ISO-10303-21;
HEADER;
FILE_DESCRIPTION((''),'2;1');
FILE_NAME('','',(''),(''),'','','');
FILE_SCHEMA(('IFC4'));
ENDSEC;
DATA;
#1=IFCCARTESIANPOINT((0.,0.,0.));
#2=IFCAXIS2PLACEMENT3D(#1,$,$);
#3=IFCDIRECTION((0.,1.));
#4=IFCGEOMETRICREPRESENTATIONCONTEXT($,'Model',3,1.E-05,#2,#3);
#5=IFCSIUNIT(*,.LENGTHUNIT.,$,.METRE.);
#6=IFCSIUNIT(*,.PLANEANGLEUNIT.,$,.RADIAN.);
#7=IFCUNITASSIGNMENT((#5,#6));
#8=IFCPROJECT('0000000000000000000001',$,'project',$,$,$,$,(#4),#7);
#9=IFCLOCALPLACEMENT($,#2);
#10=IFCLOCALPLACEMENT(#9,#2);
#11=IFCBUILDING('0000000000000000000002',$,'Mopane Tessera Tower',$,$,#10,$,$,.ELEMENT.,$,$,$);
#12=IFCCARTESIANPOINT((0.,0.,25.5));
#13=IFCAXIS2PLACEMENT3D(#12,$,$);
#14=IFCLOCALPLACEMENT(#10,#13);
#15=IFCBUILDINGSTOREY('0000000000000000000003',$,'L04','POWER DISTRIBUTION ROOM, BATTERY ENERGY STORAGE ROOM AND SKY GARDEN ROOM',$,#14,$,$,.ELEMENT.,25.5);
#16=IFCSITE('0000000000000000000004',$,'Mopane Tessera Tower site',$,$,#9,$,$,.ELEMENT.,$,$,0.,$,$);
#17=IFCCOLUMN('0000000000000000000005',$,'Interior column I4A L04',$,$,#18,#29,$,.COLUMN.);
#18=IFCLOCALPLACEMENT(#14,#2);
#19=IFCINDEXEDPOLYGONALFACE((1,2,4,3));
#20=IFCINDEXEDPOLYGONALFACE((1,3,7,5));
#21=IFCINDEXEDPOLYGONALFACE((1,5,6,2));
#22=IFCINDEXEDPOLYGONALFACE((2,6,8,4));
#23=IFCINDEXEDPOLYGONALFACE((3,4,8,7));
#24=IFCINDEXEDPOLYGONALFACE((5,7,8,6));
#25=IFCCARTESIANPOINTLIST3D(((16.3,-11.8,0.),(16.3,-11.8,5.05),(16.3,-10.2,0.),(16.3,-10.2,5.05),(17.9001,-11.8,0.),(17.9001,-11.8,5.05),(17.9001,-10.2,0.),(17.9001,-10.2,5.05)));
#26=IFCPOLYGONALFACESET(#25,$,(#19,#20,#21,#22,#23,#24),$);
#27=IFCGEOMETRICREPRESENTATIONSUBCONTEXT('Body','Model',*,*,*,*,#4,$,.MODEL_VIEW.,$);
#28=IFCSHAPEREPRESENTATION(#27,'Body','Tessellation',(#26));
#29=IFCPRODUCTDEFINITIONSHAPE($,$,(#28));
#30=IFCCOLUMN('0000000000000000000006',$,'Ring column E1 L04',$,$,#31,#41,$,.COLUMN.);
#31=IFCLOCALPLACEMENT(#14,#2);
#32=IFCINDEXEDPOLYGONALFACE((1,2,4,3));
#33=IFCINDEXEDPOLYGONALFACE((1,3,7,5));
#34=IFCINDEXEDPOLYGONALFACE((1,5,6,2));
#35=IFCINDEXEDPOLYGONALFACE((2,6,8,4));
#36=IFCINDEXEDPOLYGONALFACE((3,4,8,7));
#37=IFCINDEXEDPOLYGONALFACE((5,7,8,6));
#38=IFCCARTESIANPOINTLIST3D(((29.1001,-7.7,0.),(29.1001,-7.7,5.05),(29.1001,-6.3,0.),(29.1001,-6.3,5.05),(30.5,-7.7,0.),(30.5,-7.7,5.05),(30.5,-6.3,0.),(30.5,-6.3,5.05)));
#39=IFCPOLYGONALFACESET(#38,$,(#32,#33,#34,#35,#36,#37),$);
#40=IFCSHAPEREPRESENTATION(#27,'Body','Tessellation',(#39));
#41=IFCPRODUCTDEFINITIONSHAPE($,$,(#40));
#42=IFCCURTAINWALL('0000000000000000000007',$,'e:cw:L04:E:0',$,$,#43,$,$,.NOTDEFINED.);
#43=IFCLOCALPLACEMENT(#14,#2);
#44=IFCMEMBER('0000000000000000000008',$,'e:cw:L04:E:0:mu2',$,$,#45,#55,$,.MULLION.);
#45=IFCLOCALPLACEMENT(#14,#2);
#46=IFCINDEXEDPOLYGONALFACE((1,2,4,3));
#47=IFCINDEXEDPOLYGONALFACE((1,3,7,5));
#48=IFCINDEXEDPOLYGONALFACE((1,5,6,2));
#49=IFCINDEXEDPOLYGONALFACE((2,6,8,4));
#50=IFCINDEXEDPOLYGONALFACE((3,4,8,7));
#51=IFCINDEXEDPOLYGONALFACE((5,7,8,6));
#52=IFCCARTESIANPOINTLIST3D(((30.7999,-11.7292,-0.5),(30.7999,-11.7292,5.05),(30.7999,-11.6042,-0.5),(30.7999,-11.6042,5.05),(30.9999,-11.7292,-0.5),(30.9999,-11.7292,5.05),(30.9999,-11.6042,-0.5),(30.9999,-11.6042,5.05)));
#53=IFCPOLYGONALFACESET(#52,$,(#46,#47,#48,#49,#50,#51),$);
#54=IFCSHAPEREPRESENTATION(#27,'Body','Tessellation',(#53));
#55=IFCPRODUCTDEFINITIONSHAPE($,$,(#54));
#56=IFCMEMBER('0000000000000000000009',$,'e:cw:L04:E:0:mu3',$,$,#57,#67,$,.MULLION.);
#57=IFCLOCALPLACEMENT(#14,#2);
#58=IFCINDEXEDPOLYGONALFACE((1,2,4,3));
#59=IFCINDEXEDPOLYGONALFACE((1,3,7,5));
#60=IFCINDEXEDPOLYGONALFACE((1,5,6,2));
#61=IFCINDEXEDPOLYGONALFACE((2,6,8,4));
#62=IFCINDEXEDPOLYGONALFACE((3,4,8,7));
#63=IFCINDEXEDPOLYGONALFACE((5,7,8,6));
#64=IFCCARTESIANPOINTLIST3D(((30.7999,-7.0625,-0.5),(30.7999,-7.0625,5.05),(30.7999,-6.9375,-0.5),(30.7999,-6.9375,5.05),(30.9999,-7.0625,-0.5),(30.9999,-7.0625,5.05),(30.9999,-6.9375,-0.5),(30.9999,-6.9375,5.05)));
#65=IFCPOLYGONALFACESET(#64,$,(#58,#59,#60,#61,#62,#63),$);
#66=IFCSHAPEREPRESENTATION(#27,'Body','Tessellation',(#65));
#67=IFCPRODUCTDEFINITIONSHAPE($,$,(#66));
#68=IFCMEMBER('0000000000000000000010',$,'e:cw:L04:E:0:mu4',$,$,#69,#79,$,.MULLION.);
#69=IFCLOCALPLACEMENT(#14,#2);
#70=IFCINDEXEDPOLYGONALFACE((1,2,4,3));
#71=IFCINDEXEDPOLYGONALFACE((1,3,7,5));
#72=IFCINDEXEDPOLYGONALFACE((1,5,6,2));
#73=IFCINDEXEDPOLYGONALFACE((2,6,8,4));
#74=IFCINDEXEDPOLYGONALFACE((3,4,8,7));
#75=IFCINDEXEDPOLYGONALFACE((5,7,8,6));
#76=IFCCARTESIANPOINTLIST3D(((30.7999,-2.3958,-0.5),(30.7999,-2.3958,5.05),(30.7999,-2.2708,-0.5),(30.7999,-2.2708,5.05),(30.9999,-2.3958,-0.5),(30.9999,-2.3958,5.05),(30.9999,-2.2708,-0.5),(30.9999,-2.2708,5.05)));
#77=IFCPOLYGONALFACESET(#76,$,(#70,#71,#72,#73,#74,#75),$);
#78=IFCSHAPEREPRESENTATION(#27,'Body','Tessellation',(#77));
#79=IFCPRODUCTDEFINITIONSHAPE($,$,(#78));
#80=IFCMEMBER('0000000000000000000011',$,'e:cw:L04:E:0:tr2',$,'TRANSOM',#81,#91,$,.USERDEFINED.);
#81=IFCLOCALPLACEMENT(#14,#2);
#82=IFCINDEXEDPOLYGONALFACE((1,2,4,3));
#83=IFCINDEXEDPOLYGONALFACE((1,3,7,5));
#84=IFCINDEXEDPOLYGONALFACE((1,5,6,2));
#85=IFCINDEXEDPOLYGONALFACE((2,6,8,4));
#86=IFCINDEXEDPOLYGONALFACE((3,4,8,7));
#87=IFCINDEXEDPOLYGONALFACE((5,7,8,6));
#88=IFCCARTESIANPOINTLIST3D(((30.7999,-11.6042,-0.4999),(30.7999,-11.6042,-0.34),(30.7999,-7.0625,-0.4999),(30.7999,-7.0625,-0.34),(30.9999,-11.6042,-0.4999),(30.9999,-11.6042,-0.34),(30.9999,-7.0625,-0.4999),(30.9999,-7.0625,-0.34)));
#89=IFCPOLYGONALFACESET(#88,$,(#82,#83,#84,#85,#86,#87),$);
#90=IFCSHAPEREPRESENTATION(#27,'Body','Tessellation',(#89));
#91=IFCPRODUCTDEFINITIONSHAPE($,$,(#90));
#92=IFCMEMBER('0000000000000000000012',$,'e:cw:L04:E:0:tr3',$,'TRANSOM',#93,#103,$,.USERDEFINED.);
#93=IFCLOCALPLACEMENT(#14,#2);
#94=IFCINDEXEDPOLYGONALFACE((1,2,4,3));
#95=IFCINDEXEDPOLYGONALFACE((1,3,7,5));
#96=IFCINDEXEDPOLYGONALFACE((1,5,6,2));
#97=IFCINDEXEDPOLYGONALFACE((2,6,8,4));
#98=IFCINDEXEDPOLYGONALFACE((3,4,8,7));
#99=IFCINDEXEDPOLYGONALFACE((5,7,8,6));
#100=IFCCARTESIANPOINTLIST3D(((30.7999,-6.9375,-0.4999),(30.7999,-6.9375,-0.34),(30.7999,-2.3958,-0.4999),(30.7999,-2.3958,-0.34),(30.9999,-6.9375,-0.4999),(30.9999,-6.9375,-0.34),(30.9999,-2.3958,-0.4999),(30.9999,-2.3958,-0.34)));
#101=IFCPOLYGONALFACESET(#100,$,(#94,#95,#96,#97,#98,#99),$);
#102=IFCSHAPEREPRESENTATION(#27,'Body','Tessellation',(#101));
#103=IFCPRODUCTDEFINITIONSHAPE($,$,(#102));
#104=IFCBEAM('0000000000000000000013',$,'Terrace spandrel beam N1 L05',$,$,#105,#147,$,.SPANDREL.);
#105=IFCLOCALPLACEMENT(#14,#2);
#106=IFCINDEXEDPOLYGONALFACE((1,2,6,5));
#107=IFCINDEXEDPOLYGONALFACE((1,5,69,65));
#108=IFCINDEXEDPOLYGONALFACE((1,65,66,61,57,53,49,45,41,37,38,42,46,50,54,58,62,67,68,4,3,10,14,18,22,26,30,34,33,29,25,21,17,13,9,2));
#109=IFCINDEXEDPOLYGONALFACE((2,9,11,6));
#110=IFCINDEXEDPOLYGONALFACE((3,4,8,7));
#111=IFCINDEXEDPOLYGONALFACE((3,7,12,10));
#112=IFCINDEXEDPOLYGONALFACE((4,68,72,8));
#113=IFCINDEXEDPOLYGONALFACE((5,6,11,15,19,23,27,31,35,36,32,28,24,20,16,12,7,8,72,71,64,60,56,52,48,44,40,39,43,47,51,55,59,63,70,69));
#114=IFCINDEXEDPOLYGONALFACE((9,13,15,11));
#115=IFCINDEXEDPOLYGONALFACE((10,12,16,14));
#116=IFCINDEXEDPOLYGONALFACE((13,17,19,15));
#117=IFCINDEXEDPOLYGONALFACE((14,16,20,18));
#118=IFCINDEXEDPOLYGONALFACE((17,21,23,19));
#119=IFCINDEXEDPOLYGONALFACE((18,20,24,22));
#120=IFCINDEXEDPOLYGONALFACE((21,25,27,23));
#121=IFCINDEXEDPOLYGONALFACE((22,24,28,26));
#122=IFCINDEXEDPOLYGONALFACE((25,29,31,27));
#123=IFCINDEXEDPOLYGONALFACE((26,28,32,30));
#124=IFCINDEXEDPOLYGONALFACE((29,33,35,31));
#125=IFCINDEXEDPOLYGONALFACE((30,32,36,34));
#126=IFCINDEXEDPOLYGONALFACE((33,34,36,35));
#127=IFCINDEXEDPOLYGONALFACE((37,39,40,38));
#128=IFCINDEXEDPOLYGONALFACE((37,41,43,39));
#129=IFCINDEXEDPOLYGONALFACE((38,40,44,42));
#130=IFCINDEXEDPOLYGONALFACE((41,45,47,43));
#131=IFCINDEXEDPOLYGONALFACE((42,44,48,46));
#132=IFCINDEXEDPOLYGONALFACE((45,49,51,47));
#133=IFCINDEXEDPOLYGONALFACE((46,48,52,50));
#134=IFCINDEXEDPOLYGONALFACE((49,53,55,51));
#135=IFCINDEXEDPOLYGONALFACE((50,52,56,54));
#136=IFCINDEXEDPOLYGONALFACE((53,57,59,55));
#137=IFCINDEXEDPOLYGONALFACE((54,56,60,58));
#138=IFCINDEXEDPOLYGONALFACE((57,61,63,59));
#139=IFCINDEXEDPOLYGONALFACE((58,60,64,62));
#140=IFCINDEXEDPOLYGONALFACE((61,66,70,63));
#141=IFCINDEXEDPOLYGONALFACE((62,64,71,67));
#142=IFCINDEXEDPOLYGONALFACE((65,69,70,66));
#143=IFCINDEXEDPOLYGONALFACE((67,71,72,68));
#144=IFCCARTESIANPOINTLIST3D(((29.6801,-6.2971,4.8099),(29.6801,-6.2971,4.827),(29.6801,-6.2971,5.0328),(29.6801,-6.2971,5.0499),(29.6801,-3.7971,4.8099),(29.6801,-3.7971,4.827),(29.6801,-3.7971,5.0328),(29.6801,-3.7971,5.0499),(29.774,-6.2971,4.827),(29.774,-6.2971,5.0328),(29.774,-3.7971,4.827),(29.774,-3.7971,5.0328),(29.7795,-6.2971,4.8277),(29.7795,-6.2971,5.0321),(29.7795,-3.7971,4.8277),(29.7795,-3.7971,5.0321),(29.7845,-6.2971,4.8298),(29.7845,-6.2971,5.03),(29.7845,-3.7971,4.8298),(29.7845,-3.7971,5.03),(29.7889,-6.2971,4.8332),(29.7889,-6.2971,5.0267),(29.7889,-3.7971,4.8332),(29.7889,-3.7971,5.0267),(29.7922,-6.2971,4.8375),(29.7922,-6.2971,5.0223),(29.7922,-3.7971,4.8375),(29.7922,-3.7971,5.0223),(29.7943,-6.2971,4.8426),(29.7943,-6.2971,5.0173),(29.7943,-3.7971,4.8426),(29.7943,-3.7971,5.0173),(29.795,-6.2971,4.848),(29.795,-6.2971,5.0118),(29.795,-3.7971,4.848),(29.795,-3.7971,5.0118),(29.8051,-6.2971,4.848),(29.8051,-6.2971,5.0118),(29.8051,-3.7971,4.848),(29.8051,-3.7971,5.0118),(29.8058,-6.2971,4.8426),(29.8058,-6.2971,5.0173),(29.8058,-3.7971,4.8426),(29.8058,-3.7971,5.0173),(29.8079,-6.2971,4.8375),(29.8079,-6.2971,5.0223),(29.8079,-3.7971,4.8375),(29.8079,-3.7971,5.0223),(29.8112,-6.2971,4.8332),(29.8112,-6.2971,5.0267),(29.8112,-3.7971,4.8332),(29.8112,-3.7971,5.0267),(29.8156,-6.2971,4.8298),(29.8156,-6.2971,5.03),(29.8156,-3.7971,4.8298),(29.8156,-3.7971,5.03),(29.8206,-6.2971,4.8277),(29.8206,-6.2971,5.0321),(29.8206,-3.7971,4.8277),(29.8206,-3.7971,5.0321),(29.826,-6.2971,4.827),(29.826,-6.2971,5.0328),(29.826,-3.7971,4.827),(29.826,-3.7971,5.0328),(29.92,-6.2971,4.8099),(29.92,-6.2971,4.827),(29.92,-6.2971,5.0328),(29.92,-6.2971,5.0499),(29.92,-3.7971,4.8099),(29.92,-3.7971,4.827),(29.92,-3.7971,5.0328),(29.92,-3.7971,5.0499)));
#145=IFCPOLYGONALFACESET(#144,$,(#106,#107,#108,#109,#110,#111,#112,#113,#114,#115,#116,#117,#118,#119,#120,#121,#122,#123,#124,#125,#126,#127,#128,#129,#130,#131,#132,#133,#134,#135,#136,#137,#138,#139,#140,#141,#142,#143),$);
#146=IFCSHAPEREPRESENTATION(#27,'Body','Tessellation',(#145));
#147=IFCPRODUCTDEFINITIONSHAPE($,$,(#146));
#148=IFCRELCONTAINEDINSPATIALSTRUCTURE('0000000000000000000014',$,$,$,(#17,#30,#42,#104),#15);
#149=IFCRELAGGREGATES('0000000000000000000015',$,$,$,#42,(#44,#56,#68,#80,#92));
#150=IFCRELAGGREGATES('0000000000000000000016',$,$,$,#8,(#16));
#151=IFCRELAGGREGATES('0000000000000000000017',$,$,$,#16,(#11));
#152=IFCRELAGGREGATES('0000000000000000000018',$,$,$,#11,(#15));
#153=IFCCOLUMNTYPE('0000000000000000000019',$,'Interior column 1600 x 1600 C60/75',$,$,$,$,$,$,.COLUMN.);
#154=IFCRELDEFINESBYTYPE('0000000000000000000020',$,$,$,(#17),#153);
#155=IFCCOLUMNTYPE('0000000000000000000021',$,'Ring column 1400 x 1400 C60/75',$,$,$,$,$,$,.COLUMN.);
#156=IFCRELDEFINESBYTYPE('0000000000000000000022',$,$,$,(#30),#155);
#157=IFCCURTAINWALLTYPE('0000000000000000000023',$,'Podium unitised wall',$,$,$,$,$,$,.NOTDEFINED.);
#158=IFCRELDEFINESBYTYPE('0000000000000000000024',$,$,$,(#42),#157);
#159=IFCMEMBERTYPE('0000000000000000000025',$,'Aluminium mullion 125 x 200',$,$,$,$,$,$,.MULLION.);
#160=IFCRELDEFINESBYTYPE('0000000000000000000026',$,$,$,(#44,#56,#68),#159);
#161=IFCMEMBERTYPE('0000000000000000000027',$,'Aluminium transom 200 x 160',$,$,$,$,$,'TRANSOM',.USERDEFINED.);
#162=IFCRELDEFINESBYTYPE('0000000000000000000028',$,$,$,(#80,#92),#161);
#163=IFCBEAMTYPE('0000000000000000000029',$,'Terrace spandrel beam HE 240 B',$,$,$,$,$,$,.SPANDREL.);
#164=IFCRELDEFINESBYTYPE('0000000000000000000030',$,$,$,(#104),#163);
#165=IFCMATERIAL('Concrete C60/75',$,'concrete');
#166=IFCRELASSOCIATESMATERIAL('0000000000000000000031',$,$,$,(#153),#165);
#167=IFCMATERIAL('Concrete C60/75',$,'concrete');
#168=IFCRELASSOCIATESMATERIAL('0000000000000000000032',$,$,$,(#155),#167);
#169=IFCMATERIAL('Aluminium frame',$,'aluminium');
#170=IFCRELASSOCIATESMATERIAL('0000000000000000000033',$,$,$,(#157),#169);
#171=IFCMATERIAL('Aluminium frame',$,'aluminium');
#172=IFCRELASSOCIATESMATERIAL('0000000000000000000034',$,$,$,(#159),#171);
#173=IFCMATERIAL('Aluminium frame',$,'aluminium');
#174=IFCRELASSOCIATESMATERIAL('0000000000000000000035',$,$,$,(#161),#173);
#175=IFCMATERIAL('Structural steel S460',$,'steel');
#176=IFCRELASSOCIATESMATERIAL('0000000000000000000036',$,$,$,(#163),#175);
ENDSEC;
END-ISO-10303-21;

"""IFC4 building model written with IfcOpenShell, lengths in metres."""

from ifc_helpers import new_model, si_unit, direction, frame, origin, origin_2d, place, context, subcontext, project, spatial, rectangle, i_section, extrude, material, material_profile, profile_set, type_object, element, aggregate, save


model = new_model("IFC4")

# Units and contexts
model_context = context("Model", 3, precision=1e-05, world=origin(), true_north=direction((0.0, 1.0)))
body_context = subcontext(model_context, "Body", "Model", "MODEL_VIEW")
ifc_project = project(units=[si_unit("LENGTHUNIT", "METRE"), si_unit("PLANEANGLEUNIT", "RADIAN")], contexts=[model_context])

# Site, building, storey
site_placement = place(None, origin())
site = spatial("IfcSite", under=ifc_project, at=site_placement, Name="Mopane Tessera Tower site", CompositionType="ELEMENT", RefElevation=0.0)
building_placement = place(site_placement, origin())
building = spatial("IfcBuilding", under=site, at=building_placement, Name="Mopane Tessera Tower", CompositionType="ELEMENT")
storey_placement = place(building_placement, frame((0.0, 0.0, 25.5)))
storey = spatial("IfcBuildingStorey", under=building, at=storey_placement, Name="L04", Description="POWER DISTRIBUTION ROOM, BATTERY ENERGY STORAGE ROOM AND SKY GARDEN ROOM", CompositionType="ELEMENT", Elevation=25.5)

# Columns
ifc_material_1 = material(Name="Concrete C60/75", Category="concrete")
ifc_material_profile_1 = material_profile(ifc_material_1, rectangle(XDim=1.6001, YDim=1.6001, at=origin_2d()))
ifc_profile_set_1 = profile_set([ifc_material_profile_1], Name="Concrete C60/75")
column_type_1 = type_object("IfcColumnType", Name="Interior column 1600 x 1600 C60/75", PredefinedType="COLUMN", material=ifc_profile_set_1)
column_1_placement = place(storey_placement, frame((17.1001, -11.0, 0.0), z_axis=(0.0, 0.0, 1.0), x_axis=(1.0, 0.0, 0.0)))
element("IfcColumn", 1, at=column_1_placement, inside=storey, type_object=column_type_1, Name="Interior column I4A L04", PredefinedType="COLUMN", context=body_context, shape_type="SweptSolid", body=[
    extrude(rectangle(XDim=1.6001, YDim=1.6001, at=origin_2d()), origin(), (0.0, 0.0, 1.0), 5.05),
])
ifc_material_2 = material(Name="Concrete C60/75", Category="concrete")
ifc_material_profile_2 = material_profile(ifc_material_2, rectangle(XDim=1.3999, YDim=1.3999, at=origin_2d()))
ifc_profile_set_2 = profile_set([ifc_material_profile_2], Name="Concrete C60/75")
column_type_2 = type_object("IfcColumnType", Name="Ring column 1400 x 1400 C60/75", PredefinedType="COLUMN", material=ifc_profile_set_2)
column_2_placement = place(storey_placement, frame((29.8, -7.0, 0.0), z_axis=(0.0, 0.0, 1.0), x_axis=(1.0, 0.0, 0.0)))
element("IfcColumn", 2, at=column_2_placement, inside=storey, type_object=column_type_2, Name="Ring column E1 L04", PredefinedType="COLUMN", context=body_context, shape_type="SweptSolid", body=[
    extrude(rectangle(XDim=1.3999, YDim=1.3999, at=origin_2d()), origin(), (0.0, 0.0, 1.0), 5.05),
])

# Curtain wall, members
ifc_material_3 = material(Name="Aluminium frame", Category="aluminium")
curtain_wall_type = type_object("IfcCurtainWallType", Name="Podium unitised wall", PredefinedType="NOTDEFINED", material=ifc_material_3)
curtain_wall_placement = place(storey_placement, origin())
curtain_wall = element("IfcCurtainWall", 3, at=curtain_wall_placement, inside=storey, type_object=curtain_wall_type, Name="e:cw:L04:E:0", PredefinedType="NOTDEFINED")
ifc_material_4 = material(Name="Aluminium frame", Category="aluminium")
ifc_material_profile_3 = material_profile(ifc_material_4, rectangle(XDim=0.125, YDim=0.2, at=origin_2d()))
ifc_profile_set_3 = profile_set([ifc_material_profile_3], Name="Aluminium frame")
member_type_1 = type_object("IfcMemberType", Name="Aluminium mullion 125 x 200", PredefinedType="MULLION", material=ifc_profile_set_3)
member_1_placement = place(storey_placement, frame((30.8999, -11.6667, -0.5), z_axis=(0.0, 0.0, 1.0), x_axis=(0.0, 1.0, 0.0)))
member_1 = element("IfcMember", 4, at=member_1_placement, type_object=member_type_1, Name="e:cw:L04:E:0:mu2", PredefinedType="MULLION", context=body_context, shape_type="SweptSolid", body=[
    extrude(rectangle(XDim=0.125, YDim=0.2, at=origin_2d()), origin(), (0.0, 0.0, 1.0), 5.55),
])
member_2_placement = place(storey_placement, frame((30.8999, -7.0, -0.5), z_axis=(0.0, 0.0, 1.0), x_axis=(0.0, 1.0, 0.0)))
member_2 = element("IfcMember", 5, at=member_2_placement, type_object=member_type_1, Name="e:cw:L04:E:0:mu3", PredefinedType="MULLION", context=body_context, shape_type="SweptSolid", body=[
    extrude(rectangle(XDim=0.125, YDim=0.2, at=origin_2d()), origin(), (0.0, 0.0, 1.0), 5.55),
])
member_3_placement = place(storey_placement, frame((30.8999, -2.3333, -0.5), z_axis=(0.0, 0.0, 1.0), x_axis=(0.0, 1.0, 0.0)))
member_3 = element("IfcMember", 6, at=member_3_placement, type_object=member_type_1, Name="e:cw:L04:E:0:mu4", PredefinedType="MULLION", context=body_context, shape_type="SweptSolid", body=[
    extrude(rectangle(XDim=0.125, YDim=0.2, at=origin_2d()), origin(), (0.0, 0.0, 1.0), 5.55),
])
ifc_material_5 = material(Name="Aluminium frame", Category="aluminium")
ifc_material_profile_4 = material_profile(ifc_material_5, rectangle(XDim=0.2, YDim=0.1599, at=origin_2d()))
ifc_profile_set_4 = profile_set([ifc_material_profile_4], Name="Aluminium frame")
member_type_2 = type_object("IfcMemberType", Name="Aluminium transom 200 x 160", ElementType="TRANSOM", PredefinedType="USERDEFINED", material=ifc_profile_set_4)
member_4_placement = place(storey_placement, frame((30.8999, -11.6042, -0.4199), z_axis=(0.0, 1.0, 0.0), x_axis=(-1.0, 0.0, 0.0)))
member_4 = element("IfcMember", 7, at=member_4_placement, type_object=member_type_2, Name="e:cw:L04:E:0:tr2", ObjectType="TRANSOM", PredefinedType="USERDEFINED", context=body_context, shape_type="SweptSolid", body=[
    extrude(rectangle(XDim=0.2, YDim=0.1599, at=origin_2d()), origin(), (0.0, 0.0, 1.0), 4.5417),
])
member_5_placement = place(storey_placement, frame((30.8999, -6.9375, -0.4199), z_axis=(0.0, 1.0, 0.0), x_axis=(-1.0, 0.0, 0.0)))
member_5 = element("IfcMember", 8, at=member_5_placement, type_object=member_type_2, Name="e:cw:L04:E:0:tr3", ObjectType="TRANSOM", PredefinedType="USERDEFINED", context=body_context, shape_type="SweptSolid", body=[
    extrude(rectangle(XDim=0.2, YDim=0.1599, at=origin_2d()), origin(), (0.0, 0.0, 1.0), 4.5417),
])

# Beam
ifc_material_6 = material(Name="Structural steel S460", Category="steel")
ifc_material_profile_5 = material_profile(ifc_material_6, i_section(OverallWidth=0.24, OverallDepth=0.24, WebThickness=0.01, FlangeThickness=0.0171, FilletRadius=0.021, at=origin_2d()))
ifc_profile_set_5 = profile_set([ifc_material_profile_5], Name="Structural steel S460")
beam_type_1 = type_object("IfcBeamType", Name="Terrace spandrel beam HE 240 B", PredefinedType="SPANDREL", material=ifc_profile_set_5)
beam_1_placement = place(storey_placement, frame((29.8, -6.2971, 4.9299), z_axis=(0.0, 1.0, 0.0), x_axis=(-1.0, 0.0, 0.0)))
element("IfcBeam", 9, at=beam_1_placement, inside=storey, type_object=beam_type_1, Name="Terrace spandrel beam N1 L05", PredefinedType="SPANDREL", context=body_context, shape_type="SweptSolid", body=[
    extrude(i_section(OverallWidth=0.24, OverallDepth=0.24, WebThickness=0.01, FlangeThickness=0.0171, FilletRadius=0.021, at=origin_2d()), origin(), (0.0, 0.0, 1.0), 2.5),
])

aggregate(curtain_wall, [member_1, member_2, member_3, member_4, member_5])

save(model, "model.ifc")
